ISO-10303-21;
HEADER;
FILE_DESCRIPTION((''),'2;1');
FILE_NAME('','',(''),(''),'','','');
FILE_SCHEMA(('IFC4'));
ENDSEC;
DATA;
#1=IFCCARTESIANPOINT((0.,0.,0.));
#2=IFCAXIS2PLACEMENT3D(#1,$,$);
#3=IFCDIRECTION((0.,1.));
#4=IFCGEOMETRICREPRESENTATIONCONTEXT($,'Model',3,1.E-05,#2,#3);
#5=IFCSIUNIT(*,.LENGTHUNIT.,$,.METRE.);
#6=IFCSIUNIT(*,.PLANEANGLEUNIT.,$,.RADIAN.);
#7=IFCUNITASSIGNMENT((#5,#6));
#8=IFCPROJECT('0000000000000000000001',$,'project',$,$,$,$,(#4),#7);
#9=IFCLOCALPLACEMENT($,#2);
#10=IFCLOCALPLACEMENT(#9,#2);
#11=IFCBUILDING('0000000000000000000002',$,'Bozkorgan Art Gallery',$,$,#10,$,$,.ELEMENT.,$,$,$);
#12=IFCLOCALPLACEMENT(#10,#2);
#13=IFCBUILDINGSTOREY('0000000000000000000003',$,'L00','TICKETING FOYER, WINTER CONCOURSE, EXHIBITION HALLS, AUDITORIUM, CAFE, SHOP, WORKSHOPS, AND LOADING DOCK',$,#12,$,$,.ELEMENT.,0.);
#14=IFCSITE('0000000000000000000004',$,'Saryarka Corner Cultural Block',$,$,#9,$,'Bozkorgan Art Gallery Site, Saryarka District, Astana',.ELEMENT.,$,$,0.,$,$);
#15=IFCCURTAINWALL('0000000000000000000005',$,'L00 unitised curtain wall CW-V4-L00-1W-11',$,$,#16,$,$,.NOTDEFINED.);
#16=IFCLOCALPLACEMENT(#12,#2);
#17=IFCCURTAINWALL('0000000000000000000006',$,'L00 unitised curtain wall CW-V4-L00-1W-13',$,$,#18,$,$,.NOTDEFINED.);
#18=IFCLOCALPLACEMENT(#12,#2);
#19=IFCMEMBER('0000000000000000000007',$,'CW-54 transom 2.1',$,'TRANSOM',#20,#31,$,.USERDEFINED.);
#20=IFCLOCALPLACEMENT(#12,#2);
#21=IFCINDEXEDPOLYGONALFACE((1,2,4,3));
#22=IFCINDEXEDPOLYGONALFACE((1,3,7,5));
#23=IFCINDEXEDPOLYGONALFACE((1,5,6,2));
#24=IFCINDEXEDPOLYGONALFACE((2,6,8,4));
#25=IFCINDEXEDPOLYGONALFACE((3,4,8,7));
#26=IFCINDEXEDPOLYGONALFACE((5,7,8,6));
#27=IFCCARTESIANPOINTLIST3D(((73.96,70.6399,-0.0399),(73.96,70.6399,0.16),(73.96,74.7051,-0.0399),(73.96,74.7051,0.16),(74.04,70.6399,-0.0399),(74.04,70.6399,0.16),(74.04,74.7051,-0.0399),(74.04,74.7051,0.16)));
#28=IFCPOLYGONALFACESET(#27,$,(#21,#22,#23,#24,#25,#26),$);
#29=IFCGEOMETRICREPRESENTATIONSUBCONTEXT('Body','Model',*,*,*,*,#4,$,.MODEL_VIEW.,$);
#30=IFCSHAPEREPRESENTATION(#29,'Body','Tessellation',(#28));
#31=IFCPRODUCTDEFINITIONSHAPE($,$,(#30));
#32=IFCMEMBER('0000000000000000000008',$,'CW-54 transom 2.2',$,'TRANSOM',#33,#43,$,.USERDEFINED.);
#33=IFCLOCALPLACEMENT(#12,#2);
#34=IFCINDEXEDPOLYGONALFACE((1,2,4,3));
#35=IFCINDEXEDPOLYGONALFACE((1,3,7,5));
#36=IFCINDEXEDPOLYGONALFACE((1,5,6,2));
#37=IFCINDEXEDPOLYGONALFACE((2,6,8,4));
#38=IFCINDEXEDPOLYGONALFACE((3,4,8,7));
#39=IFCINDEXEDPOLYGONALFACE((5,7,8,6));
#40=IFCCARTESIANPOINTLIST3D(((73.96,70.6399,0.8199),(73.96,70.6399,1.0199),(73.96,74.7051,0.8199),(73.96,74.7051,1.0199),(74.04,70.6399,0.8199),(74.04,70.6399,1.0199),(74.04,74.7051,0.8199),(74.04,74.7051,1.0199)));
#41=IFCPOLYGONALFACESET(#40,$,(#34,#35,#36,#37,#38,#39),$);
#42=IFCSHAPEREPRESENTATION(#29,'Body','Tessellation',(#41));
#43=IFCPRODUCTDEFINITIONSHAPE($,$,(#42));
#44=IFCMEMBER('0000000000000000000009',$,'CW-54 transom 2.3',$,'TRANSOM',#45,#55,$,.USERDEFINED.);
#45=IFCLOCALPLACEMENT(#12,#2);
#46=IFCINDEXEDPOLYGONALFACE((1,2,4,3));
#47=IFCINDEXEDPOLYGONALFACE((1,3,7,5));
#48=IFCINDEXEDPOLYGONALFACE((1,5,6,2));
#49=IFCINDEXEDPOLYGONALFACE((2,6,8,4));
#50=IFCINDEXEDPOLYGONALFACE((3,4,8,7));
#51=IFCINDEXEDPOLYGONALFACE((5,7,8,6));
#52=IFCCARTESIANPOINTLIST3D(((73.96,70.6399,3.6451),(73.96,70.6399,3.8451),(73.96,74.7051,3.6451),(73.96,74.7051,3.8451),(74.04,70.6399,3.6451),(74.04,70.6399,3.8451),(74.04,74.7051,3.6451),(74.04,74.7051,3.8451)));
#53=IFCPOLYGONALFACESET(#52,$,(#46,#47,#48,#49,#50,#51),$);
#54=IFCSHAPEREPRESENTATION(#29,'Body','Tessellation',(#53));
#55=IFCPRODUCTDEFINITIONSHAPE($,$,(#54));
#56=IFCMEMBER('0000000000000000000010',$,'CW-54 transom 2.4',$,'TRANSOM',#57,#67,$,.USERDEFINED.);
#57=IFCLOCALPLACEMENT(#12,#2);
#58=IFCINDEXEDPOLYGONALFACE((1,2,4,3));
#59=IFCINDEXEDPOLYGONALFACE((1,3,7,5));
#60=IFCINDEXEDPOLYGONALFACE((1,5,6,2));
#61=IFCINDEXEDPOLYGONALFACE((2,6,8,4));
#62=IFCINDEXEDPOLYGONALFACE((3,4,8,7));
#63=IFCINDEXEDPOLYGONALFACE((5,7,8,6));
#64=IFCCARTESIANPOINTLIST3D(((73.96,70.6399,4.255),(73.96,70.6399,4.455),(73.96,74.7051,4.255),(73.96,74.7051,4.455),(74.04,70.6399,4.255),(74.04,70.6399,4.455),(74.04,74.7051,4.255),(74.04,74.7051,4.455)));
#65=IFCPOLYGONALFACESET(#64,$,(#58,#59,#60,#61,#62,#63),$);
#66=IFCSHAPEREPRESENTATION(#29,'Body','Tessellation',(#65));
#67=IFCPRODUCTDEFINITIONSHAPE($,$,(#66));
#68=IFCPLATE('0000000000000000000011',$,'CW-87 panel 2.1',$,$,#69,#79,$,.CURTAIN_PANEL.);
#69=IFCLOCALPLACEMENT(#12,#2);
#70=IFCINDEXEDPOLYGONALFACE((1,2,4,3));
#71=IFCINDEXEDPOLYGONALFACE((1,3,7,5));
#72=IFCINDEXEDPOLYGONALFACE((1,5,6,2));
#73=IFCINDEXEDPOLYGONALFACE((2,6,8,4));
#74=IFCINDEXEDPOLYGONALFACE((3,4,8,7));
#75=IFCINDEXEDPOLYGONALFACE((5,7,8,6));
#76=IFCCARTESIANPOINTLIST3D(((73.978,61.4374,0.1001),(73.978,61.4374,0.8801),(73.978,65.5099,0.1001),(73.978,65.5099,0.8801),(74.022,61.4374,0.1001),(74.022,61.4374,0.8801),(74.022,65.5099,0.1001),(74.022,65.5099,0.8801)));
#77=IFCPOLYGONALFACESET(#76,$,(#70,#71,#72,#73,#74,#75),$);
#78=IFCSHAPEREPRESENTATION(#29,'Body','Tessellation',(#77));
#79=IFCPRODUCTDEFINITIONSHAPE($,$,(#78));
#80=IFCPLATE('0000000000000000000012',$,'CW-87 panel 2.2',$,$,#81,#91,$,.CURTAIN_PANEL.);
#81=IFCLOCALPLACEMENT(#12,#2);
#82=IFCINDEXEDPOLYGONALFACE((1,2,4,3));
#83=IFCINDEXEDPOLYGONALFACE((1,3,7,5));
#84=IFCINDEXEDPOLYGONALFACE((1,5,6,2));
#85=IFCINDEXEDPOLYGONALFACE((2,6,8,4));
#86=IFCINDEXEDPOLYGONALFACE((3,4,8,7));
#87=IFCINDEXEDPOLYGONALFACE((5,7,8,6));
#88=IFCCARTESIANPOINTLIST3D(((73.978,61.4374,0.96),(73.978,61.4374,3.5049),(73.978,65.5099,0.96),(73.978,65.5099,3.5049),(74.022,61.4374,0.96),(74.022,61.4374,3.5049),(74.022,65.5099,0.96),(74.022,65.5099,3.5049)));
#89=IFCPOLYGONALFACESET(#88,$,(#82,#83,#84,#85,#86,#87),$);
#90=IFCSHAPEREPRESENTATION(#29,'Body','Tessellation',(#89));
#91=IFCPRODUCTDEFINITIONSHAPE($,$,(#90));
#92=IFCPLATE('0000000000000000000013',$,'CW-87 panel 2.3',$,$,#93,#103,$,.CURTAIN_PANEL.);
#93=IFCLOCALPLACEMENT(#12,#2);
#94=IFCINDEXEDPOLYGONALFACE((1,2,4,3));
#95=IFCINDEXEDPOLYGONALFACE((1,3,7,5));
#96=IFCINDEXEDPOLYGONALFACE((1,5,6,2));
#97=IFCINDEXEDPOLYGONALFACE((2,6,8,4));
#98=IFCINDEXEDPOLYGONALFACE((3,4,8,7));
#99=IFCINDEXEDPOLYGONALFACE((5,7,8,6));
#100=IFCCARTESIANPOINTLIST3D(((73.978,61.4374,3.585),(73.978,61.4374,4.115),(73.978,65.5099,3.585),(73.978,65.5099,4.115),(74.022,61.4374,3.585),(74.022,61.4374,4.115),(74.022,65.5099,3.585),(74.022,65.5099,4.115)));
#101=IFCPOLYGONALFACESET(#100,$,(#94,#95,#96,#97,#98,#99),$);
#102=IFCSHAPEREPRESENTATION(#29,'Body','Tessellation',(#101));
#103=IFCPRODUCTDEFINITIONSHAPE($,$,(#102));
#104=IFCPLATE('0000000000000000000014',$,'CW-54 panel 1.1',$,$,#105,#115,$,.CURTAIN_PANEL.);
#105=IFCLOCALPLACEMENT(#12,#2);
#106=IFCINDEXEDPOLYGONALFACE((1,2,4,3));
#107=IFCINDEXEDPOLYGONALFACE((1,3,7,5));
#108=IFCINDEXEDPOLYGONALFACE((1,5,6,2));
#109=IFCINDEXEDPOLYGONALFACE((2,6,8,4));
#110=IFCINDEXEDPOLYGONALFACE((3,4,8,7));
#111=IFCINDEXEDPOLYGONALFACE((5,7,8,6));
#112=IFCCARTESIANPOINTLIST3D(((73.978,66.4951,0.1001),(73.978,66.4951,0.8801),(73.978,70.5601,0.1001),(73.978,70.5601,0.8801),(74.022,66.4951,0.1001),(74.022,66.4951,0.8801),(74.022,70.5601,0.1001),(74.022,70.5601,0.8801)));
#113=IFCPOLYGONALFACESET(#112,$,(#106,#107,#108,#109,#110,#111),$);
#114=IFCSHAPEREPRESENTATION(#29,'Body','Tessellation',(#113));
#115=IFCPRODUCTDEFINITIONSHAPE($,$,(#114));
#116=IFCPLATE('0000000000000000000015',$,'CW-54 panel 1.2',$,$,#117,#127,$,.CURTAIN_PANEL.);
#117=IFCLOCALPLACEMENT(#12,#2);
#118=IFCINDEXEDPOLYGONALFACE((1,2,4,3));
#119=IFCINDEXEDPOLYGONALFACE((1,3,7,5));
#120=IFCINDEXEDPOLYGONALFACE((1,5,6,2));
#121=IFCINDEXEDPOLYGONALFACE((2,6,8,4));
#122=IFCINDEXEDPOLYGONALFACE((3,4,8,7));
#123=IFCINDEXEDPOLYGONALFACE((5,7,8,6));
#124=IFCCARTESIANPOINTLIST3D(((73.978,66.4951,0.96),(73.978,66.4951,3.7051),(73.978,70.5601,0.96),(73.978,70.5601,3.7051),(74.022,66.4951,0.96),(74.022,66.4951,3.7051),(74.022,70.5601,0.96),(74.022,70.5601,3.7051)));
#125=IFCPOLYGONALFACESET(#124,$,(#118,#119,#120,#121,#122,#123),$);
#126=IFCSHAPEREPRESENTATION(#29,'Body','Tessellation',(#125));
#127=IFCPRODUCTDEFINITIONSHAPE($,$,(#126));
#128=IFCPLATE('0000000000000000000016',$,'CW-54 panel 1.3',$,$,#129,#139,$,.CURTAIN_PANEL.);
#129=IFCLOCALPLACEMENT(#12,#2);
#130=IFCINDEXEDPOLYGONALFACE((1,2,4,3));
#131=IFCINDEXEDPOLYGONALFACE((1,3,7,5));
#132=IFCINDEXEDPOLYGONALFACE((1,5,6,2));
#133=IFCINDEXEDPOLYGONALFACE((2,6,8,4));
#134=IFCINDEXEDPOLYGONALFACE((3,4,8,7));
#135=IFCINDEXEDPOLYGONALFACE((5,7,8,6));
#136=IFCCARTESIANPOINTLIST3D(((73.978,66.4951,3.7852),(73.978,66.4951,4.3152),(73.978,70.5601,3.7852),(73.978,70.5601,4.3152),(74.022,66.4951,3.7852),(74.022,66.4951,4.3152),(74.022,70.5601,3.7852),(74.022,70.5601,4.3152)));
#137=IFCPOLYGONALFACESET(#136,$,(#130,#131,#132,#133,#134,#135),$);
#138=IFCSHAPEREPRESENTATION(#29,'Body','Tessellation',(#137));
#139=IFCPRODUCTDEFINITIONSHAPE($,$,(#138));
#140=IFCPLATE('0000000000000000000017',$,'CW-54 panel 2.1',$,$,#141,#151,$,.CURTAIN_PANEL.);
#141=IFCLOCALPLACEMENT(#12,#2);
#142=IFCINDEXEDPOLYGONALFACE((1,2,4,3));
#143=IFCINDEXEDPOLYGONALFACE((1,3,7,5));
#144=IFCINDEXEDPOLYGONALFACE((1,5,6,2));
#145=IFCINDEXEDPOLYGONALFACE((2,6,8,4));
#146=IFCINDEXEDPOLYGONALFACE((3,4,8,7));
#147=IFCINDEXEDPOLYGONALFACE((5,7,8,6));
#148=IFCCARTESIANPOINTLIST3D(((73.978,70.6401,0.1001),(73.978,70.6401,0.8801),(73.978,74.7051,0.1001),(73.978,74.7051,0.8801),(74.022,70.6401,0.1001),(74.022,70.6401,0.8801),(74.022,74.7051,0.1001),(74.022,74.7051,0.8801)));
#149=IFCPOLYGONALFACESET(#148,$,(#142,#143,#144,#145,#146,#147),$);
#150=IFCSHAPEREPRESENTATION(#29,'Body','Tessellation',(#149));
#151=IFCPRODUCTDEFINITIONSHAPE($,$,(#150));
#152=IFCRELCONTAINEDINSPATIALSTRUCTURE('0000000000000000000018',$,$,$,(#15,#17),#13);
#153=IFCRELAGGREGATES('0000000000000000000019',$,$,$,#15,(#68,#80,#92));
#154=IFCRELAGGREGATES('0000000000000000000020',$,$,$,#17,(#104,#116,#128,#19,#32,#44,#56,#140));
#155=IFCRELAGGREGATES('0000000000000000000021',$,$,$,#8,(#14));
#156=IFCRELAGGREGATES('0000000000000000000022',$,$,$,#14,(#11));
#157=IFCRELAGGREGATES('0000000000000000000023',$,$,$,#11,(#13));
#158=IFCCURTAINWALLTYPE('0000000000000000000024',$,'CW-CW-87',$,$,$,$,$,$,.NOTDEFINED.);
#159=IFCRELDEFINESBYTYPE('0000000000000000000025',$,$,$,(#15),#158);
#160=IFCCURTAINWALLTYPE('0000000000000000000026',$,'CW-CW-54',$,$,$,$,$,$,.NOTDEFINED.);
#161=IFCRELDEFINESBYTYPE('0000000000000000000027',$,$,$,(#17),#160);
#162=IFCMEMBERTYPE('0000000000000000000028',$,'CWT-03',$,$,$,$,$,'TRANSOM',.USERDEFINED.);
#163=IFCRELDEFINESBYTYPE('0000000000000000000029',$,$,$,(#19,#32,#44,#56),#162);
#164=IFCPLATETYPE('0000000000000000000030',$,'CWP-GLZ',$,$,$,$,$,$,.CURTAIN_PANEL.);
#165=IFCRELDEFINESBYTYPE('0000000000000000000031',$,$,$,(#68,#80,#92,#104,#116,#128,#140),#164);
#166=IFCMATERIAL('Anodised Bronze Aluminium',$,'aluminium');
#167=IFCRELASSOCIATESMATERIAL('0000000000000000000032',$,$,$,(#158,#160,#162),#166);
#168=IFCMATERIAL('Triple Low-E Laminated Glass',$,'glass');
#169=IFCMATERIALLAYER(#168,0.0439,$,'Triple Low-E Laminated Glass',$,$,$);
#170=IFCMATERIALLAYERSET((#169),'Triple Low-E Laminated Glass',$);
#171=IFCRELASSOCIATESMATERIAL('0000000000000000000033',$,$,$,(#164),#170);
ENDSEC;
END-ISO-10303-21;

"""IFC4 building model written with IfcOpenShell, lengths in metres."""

from ifc_helpers import new_model, si_unit, direction, frame, origin, origin_2d, place, context, subcontext, project, spatial, rectangle, extrude, material, layer, layer_set, material_profile, profile_set, type_object, element, aggregate, save


model = new_model("IFC4")

# Units and contexts
model_context = context("Model", 3, precision=1e-05, world=origin(), true_north=direction((0.0, 1.0)))
body_context = subcontext(model_context, "Body", "Model", "MODEL_VIEW")
ifc_project = project(units=[si_unit("LENGTHUNIT", "METRE"), si_unit("PLANEANGLEUNIT", "RADIAN")], contexts=[model_context])

# Site, building, storey
site_placement = place(None, origin())
site = spatial("IfcSite", under=ifc_project, at=site_placement, Name="Saryarka Corner Cultural Block", LongName="Bozkorgan Art Gallery Site, Saryarka District, Astana", CompositionType="ELEMENT", RefElevation=0.0)
building_placement = place(site_placement, origin())
building = spatial("IfcBuilding", under=site, at=building_placement, Name="Bozkorgan Art Gallery", CompositionType="ELEMENT")
storey_placement = place(building_placement, origin())
storey = spatial("IfcBuildingStorey", under=building, at=storey_placement, Name="L00", Description="TICKETING FOYER, WINTER CONCOURSE, EXHIBITION HALLS, AUDITORIUM, CAFE, SHOP, WORKSHOPS, AND LOADING DOCK", CompositionType="ELEMENT", Elevation=0.0)

# Curtain walls
ifc_material_1 = material(Name="Anodised Bronze Aluminium", Category="aluminium")
curtain_wall_type_1 = type_object("IfcCurtainWallType", Name="CW-CW-87", PredefinedType="NOTDEFINED", material=ifc_material_1)
curtain_wall_1_placement = place(storey_placement, origin())
curtain_wall_1 = element("IfcCurtainWall", 1, at=curtain_wall_1_placement, inside=storey, type_object=curtain_wall_type_1, Name="L00 unitised curtain wall CW-V4-L00-1W-11", PredefinedType="NOTDEFINED")
curtain_wall_type_2 = type_object("IfcCurtainWallType", Name="CW-CW-54", PredefinedType="NOTDEFINED", material=ifc_material_1)
curtain_wall_2_placement = place(storey_placement, origin())
curtain_wall_2 = element("IfcCurtainWall", 2, at=curtain_wall_2_placement, inside=storey, type_object=curtain_wall_type_2, Name="L00 unitised curtain wall CW-V4-L00-1W-13", PredefinedType="NOTDEFINED")

# Members
ifc_material_profile_1 = material_profile(ifc_material_1, rectangle(XDim=0.0801, YDim=0.2, at=origin_2d()), Name="ALU TRANSOM 80x200")
ifc_profile_set_1 = profile_set([ifc_material_profile_1], Name="Anodised Bronze Aluminium")
member_type_1 = type_object("IfcMemberType", Name="CWT-03", ElementType="TRANSOM", PredefinedType="USERDEFINED", material=ifc_profile_set_1)
member_1_placement = place(storey_placement, frame((74.0, 70.6399, 0.0601), z_axis=(0.0, 1.0, 0.0), x_axis=(-1.0, 0.0, 0.0)))
member_1 = element("IfcMember", 3, at=member_1_placement, type_object=member_type_1, Name="CW-54 transom 2.1", ObjectType="TRANSOM", PredefinedType="USERDEFINED", context=body_context, shape_type="SweptSolid", body=[
    extrude(rectangle(XDim=0.0801, YDim=0.2, at=origin_2d()), origin(), (0.0, 0.0, 1.0), 4.0652),
])
member_2_placement = place(storey_placement, frame((74.0, 70.6399, 0.9199), z_axis=(0.0, 1.0, 0.0), x_axis=(-1.0, 0.0, 0.0)))
member_2 = element("IfcMember", 4, at=member_2_placement, type_object=member_type_1, Name="CW-54 transom 2.2", ObjectType="TRANSOM", PredefinedType="USERDEFINED", context=body_context, shape_type="SweptSolid", body=[
    extrude(rectangle(XDim=0.0801, YDim=0.2, at=origin_2d()), origin(), (0.0, 0.0, 1.0), 4.0652),
])
member_3_placement = place(storey_placement, frame((74.0, 70.6399, 3.7451), z_axis=(0.0, 1.0, 0.0), x_axis=(-1.0, 0.0, 0.0)))
member_3 = element("IfcMember", 5, at=member_3_placement, type_object=member_type_1, Name="CW-54 transom 2.3", ObjectType="TRANSOM", PredefinedType="USERDEFINED", context=body_context, shape_type="SweptSolid", body=[
    extrude(rectangle(XDim=0.0801, YDim=0.2, at=origin_2d()), origin(), (0.0, 0.0, 1.0), 4.0652),
])
member_4_placement = place(storey_placement, frame((74.0, 70.6399, 4.355), z_axis=(0.0, 1.0, 0.0), x_axis=(-1.0, 0.0, 0.0)))
member_4 = element("IfcMember", 6, at=member_4_placement, type_object=member_type_1, Name="CW-54 transom 2.4", ObjectType="TRANSOM", PredefinedType="USERDEFINED", context=body_context, shape_type="SweptSolid", body=[
    extrude(rectangle(XDim=0.0801, YDim=0.2, at=origin_2d()), origin(), (0.0, 0.0, 1.0), 4.0652),
])

# Plates
ifc_material_2 = material(Name="Triple Low-E Laminated Glass", Category="glass")
ifc_layer = layer(ifc_material_2, 0.0439, Name="Triple Low-E Laminated Glass")
ifc_layer_set = layer_set([ifc_layer], Name="Triple Low-E Laminated Glass")
plate_type = type_object("IfcPlateType", Name="CWP-GLZ", PredefinedType="CURTAIN_PANEL", material=ifc_layer_set)
plate_1_placement = place(storey_placement, frame((74.0, 63.4736, 0.1001), z_axis=(0.0, 0.0, 1.0), x_axis=(0.0, 1.0, 0.0)))
plate_1 = element("IfcPlate", 7, at=plate_1_placement, type_object=plate_type, Name="CW-87 panel 2.1", PredefinedType="CURTAIN_PANEL", context=body_context, shape_type="SweptSolid", body=[
    extrude(rectangle(XDim=4.0725, YDim=0.0439, at=origin_2d()), origin(), (0.0, 0.0, 1.0), 0.78),
])
plate_2_placement = place(storey_placement, frame((74.0, 63.4736, 0.96), z_axis=(0.0, 0.0, 1.0), x_axis=(0.0, 1.0, 0.0)))
plate_2 = element("IfcPlate", 8, at=plate_2_placement, type_object=plate_type, Name="CW-87 panel 2.2", PredefinedType="CURTAIN_PANEL", context=body_context, shape_type="SweptSolid", body=[
    extrude(rectangle(XDim=4.0725, YDim=0.0439, at=origin_2d()), origin(), (0.0, 0.0, 1.0), 2.5449),
])
plate_3_placement = place(storey_placement, frame((74.0, 63.4736, 3.585), z_axis=(0.0, 0.0, 1.0), x_axis=(0.0, 1.0, 0.0)))
plate_3 = element("IfcPlate", 9, at=plate_3_placement, type_object=plate_type, Name="CW-87 panel 2.3", PredefinedType="CURTAIN_PANEL", context=body_context, shape_type="SweptSolid", body=[
    extrude(rectangle(XDim=4.0725, YDim=0.0439, at=origin_2d()), origin(), (0.0, 0.0, 1.0), 0.53),
])
aggregate(curtain_wall_1, [plate_1, plate_2, plate_3])
plate_4_placement = place(storey_placement, frame((74.0, 68.5276, 0.1001), z_axis=(0.0, 0.0, 1.0), x_axis=(0.0, 1.0, 0.0)))
plate_4 = element("IfcPlate", 10, at=plate_4_placement, type_object=plate_type, Name="CW-54 panel 1.1", PredefinedType="CURTAIN_PANEL", context=body_context, shape_type="SweptSolid", body=[
    extrude(rectangle(XDim=4.0649, YDim=0.0439, at=origin_2d()), origin(), (0.0, 0.0, 1.0), 0.78),
])
plate_5_placement = place(storey_placement, frame((74.0, 68.5276, 0.96), z_axis=(0.0, 0.0, 1.0), x_axis=(0.0, 1.0, 0.0)))
plate_5 = element("IfcPlate", 11, at=plate_5_placement, type_object=plate_type, Name="CW-54 panel 1.2", PredefinedType="CURTAIN_PANEL", context=body_context, shape_type="SweptSolid", body=[
    extrude(rectangle(XDim=4.0649, YDim=0.0439, at=origin_2d()), origin(), (0.0, 0.0, 1.0), 2.7451),
])
plate_6_placement = place(storey_placement, frame((74.0, 68.5276, 3.7852), z_axis=(0.0, 0.0, 1.0), x_axis=(0.0, 1.0, 0.0)))
plate_6 = element("IfcPlate", 12, at=plate_6_placement, type_object=plate_type, Name="CW-54 panel 1.3", PredefinedType="CURTAIN_PANEL", context=body_context, shape_type="SweptSolid", body=[
    extrude(rectangle(XDim=4.0649, YDim=0.0439, at=origin_2d()), origin(), (0.0, 0.0, 1.0), 0.53),
])
plate_7_placement = place(storey_placement, frame((74.0, 72.6726, 0.1001), z_axis=(0.0, 0.0, 1.0), x_axis=(0.0, 1.0, 0.0)))
plate_7 = element("IfcPlate", 13, at=plate_7_placement, type_object=plate_type, Name="CW-54 panel 2.1", PredefinedType="CURTAIN_PANEL", context=body_context, shape_type="SweptSolid", body=[
    extrude(rectangle(XDim=4.0649, YDim=0.0439, at=origin_2d()), origin(), (0.0, 0.0, 1.0), 0.78),
])
aggregate(curtain_wall_2, [plate_4, plate_5, plate_6, member_1, member_2, member_3, member_4, plate_7])

save(model, "model.ifc")
